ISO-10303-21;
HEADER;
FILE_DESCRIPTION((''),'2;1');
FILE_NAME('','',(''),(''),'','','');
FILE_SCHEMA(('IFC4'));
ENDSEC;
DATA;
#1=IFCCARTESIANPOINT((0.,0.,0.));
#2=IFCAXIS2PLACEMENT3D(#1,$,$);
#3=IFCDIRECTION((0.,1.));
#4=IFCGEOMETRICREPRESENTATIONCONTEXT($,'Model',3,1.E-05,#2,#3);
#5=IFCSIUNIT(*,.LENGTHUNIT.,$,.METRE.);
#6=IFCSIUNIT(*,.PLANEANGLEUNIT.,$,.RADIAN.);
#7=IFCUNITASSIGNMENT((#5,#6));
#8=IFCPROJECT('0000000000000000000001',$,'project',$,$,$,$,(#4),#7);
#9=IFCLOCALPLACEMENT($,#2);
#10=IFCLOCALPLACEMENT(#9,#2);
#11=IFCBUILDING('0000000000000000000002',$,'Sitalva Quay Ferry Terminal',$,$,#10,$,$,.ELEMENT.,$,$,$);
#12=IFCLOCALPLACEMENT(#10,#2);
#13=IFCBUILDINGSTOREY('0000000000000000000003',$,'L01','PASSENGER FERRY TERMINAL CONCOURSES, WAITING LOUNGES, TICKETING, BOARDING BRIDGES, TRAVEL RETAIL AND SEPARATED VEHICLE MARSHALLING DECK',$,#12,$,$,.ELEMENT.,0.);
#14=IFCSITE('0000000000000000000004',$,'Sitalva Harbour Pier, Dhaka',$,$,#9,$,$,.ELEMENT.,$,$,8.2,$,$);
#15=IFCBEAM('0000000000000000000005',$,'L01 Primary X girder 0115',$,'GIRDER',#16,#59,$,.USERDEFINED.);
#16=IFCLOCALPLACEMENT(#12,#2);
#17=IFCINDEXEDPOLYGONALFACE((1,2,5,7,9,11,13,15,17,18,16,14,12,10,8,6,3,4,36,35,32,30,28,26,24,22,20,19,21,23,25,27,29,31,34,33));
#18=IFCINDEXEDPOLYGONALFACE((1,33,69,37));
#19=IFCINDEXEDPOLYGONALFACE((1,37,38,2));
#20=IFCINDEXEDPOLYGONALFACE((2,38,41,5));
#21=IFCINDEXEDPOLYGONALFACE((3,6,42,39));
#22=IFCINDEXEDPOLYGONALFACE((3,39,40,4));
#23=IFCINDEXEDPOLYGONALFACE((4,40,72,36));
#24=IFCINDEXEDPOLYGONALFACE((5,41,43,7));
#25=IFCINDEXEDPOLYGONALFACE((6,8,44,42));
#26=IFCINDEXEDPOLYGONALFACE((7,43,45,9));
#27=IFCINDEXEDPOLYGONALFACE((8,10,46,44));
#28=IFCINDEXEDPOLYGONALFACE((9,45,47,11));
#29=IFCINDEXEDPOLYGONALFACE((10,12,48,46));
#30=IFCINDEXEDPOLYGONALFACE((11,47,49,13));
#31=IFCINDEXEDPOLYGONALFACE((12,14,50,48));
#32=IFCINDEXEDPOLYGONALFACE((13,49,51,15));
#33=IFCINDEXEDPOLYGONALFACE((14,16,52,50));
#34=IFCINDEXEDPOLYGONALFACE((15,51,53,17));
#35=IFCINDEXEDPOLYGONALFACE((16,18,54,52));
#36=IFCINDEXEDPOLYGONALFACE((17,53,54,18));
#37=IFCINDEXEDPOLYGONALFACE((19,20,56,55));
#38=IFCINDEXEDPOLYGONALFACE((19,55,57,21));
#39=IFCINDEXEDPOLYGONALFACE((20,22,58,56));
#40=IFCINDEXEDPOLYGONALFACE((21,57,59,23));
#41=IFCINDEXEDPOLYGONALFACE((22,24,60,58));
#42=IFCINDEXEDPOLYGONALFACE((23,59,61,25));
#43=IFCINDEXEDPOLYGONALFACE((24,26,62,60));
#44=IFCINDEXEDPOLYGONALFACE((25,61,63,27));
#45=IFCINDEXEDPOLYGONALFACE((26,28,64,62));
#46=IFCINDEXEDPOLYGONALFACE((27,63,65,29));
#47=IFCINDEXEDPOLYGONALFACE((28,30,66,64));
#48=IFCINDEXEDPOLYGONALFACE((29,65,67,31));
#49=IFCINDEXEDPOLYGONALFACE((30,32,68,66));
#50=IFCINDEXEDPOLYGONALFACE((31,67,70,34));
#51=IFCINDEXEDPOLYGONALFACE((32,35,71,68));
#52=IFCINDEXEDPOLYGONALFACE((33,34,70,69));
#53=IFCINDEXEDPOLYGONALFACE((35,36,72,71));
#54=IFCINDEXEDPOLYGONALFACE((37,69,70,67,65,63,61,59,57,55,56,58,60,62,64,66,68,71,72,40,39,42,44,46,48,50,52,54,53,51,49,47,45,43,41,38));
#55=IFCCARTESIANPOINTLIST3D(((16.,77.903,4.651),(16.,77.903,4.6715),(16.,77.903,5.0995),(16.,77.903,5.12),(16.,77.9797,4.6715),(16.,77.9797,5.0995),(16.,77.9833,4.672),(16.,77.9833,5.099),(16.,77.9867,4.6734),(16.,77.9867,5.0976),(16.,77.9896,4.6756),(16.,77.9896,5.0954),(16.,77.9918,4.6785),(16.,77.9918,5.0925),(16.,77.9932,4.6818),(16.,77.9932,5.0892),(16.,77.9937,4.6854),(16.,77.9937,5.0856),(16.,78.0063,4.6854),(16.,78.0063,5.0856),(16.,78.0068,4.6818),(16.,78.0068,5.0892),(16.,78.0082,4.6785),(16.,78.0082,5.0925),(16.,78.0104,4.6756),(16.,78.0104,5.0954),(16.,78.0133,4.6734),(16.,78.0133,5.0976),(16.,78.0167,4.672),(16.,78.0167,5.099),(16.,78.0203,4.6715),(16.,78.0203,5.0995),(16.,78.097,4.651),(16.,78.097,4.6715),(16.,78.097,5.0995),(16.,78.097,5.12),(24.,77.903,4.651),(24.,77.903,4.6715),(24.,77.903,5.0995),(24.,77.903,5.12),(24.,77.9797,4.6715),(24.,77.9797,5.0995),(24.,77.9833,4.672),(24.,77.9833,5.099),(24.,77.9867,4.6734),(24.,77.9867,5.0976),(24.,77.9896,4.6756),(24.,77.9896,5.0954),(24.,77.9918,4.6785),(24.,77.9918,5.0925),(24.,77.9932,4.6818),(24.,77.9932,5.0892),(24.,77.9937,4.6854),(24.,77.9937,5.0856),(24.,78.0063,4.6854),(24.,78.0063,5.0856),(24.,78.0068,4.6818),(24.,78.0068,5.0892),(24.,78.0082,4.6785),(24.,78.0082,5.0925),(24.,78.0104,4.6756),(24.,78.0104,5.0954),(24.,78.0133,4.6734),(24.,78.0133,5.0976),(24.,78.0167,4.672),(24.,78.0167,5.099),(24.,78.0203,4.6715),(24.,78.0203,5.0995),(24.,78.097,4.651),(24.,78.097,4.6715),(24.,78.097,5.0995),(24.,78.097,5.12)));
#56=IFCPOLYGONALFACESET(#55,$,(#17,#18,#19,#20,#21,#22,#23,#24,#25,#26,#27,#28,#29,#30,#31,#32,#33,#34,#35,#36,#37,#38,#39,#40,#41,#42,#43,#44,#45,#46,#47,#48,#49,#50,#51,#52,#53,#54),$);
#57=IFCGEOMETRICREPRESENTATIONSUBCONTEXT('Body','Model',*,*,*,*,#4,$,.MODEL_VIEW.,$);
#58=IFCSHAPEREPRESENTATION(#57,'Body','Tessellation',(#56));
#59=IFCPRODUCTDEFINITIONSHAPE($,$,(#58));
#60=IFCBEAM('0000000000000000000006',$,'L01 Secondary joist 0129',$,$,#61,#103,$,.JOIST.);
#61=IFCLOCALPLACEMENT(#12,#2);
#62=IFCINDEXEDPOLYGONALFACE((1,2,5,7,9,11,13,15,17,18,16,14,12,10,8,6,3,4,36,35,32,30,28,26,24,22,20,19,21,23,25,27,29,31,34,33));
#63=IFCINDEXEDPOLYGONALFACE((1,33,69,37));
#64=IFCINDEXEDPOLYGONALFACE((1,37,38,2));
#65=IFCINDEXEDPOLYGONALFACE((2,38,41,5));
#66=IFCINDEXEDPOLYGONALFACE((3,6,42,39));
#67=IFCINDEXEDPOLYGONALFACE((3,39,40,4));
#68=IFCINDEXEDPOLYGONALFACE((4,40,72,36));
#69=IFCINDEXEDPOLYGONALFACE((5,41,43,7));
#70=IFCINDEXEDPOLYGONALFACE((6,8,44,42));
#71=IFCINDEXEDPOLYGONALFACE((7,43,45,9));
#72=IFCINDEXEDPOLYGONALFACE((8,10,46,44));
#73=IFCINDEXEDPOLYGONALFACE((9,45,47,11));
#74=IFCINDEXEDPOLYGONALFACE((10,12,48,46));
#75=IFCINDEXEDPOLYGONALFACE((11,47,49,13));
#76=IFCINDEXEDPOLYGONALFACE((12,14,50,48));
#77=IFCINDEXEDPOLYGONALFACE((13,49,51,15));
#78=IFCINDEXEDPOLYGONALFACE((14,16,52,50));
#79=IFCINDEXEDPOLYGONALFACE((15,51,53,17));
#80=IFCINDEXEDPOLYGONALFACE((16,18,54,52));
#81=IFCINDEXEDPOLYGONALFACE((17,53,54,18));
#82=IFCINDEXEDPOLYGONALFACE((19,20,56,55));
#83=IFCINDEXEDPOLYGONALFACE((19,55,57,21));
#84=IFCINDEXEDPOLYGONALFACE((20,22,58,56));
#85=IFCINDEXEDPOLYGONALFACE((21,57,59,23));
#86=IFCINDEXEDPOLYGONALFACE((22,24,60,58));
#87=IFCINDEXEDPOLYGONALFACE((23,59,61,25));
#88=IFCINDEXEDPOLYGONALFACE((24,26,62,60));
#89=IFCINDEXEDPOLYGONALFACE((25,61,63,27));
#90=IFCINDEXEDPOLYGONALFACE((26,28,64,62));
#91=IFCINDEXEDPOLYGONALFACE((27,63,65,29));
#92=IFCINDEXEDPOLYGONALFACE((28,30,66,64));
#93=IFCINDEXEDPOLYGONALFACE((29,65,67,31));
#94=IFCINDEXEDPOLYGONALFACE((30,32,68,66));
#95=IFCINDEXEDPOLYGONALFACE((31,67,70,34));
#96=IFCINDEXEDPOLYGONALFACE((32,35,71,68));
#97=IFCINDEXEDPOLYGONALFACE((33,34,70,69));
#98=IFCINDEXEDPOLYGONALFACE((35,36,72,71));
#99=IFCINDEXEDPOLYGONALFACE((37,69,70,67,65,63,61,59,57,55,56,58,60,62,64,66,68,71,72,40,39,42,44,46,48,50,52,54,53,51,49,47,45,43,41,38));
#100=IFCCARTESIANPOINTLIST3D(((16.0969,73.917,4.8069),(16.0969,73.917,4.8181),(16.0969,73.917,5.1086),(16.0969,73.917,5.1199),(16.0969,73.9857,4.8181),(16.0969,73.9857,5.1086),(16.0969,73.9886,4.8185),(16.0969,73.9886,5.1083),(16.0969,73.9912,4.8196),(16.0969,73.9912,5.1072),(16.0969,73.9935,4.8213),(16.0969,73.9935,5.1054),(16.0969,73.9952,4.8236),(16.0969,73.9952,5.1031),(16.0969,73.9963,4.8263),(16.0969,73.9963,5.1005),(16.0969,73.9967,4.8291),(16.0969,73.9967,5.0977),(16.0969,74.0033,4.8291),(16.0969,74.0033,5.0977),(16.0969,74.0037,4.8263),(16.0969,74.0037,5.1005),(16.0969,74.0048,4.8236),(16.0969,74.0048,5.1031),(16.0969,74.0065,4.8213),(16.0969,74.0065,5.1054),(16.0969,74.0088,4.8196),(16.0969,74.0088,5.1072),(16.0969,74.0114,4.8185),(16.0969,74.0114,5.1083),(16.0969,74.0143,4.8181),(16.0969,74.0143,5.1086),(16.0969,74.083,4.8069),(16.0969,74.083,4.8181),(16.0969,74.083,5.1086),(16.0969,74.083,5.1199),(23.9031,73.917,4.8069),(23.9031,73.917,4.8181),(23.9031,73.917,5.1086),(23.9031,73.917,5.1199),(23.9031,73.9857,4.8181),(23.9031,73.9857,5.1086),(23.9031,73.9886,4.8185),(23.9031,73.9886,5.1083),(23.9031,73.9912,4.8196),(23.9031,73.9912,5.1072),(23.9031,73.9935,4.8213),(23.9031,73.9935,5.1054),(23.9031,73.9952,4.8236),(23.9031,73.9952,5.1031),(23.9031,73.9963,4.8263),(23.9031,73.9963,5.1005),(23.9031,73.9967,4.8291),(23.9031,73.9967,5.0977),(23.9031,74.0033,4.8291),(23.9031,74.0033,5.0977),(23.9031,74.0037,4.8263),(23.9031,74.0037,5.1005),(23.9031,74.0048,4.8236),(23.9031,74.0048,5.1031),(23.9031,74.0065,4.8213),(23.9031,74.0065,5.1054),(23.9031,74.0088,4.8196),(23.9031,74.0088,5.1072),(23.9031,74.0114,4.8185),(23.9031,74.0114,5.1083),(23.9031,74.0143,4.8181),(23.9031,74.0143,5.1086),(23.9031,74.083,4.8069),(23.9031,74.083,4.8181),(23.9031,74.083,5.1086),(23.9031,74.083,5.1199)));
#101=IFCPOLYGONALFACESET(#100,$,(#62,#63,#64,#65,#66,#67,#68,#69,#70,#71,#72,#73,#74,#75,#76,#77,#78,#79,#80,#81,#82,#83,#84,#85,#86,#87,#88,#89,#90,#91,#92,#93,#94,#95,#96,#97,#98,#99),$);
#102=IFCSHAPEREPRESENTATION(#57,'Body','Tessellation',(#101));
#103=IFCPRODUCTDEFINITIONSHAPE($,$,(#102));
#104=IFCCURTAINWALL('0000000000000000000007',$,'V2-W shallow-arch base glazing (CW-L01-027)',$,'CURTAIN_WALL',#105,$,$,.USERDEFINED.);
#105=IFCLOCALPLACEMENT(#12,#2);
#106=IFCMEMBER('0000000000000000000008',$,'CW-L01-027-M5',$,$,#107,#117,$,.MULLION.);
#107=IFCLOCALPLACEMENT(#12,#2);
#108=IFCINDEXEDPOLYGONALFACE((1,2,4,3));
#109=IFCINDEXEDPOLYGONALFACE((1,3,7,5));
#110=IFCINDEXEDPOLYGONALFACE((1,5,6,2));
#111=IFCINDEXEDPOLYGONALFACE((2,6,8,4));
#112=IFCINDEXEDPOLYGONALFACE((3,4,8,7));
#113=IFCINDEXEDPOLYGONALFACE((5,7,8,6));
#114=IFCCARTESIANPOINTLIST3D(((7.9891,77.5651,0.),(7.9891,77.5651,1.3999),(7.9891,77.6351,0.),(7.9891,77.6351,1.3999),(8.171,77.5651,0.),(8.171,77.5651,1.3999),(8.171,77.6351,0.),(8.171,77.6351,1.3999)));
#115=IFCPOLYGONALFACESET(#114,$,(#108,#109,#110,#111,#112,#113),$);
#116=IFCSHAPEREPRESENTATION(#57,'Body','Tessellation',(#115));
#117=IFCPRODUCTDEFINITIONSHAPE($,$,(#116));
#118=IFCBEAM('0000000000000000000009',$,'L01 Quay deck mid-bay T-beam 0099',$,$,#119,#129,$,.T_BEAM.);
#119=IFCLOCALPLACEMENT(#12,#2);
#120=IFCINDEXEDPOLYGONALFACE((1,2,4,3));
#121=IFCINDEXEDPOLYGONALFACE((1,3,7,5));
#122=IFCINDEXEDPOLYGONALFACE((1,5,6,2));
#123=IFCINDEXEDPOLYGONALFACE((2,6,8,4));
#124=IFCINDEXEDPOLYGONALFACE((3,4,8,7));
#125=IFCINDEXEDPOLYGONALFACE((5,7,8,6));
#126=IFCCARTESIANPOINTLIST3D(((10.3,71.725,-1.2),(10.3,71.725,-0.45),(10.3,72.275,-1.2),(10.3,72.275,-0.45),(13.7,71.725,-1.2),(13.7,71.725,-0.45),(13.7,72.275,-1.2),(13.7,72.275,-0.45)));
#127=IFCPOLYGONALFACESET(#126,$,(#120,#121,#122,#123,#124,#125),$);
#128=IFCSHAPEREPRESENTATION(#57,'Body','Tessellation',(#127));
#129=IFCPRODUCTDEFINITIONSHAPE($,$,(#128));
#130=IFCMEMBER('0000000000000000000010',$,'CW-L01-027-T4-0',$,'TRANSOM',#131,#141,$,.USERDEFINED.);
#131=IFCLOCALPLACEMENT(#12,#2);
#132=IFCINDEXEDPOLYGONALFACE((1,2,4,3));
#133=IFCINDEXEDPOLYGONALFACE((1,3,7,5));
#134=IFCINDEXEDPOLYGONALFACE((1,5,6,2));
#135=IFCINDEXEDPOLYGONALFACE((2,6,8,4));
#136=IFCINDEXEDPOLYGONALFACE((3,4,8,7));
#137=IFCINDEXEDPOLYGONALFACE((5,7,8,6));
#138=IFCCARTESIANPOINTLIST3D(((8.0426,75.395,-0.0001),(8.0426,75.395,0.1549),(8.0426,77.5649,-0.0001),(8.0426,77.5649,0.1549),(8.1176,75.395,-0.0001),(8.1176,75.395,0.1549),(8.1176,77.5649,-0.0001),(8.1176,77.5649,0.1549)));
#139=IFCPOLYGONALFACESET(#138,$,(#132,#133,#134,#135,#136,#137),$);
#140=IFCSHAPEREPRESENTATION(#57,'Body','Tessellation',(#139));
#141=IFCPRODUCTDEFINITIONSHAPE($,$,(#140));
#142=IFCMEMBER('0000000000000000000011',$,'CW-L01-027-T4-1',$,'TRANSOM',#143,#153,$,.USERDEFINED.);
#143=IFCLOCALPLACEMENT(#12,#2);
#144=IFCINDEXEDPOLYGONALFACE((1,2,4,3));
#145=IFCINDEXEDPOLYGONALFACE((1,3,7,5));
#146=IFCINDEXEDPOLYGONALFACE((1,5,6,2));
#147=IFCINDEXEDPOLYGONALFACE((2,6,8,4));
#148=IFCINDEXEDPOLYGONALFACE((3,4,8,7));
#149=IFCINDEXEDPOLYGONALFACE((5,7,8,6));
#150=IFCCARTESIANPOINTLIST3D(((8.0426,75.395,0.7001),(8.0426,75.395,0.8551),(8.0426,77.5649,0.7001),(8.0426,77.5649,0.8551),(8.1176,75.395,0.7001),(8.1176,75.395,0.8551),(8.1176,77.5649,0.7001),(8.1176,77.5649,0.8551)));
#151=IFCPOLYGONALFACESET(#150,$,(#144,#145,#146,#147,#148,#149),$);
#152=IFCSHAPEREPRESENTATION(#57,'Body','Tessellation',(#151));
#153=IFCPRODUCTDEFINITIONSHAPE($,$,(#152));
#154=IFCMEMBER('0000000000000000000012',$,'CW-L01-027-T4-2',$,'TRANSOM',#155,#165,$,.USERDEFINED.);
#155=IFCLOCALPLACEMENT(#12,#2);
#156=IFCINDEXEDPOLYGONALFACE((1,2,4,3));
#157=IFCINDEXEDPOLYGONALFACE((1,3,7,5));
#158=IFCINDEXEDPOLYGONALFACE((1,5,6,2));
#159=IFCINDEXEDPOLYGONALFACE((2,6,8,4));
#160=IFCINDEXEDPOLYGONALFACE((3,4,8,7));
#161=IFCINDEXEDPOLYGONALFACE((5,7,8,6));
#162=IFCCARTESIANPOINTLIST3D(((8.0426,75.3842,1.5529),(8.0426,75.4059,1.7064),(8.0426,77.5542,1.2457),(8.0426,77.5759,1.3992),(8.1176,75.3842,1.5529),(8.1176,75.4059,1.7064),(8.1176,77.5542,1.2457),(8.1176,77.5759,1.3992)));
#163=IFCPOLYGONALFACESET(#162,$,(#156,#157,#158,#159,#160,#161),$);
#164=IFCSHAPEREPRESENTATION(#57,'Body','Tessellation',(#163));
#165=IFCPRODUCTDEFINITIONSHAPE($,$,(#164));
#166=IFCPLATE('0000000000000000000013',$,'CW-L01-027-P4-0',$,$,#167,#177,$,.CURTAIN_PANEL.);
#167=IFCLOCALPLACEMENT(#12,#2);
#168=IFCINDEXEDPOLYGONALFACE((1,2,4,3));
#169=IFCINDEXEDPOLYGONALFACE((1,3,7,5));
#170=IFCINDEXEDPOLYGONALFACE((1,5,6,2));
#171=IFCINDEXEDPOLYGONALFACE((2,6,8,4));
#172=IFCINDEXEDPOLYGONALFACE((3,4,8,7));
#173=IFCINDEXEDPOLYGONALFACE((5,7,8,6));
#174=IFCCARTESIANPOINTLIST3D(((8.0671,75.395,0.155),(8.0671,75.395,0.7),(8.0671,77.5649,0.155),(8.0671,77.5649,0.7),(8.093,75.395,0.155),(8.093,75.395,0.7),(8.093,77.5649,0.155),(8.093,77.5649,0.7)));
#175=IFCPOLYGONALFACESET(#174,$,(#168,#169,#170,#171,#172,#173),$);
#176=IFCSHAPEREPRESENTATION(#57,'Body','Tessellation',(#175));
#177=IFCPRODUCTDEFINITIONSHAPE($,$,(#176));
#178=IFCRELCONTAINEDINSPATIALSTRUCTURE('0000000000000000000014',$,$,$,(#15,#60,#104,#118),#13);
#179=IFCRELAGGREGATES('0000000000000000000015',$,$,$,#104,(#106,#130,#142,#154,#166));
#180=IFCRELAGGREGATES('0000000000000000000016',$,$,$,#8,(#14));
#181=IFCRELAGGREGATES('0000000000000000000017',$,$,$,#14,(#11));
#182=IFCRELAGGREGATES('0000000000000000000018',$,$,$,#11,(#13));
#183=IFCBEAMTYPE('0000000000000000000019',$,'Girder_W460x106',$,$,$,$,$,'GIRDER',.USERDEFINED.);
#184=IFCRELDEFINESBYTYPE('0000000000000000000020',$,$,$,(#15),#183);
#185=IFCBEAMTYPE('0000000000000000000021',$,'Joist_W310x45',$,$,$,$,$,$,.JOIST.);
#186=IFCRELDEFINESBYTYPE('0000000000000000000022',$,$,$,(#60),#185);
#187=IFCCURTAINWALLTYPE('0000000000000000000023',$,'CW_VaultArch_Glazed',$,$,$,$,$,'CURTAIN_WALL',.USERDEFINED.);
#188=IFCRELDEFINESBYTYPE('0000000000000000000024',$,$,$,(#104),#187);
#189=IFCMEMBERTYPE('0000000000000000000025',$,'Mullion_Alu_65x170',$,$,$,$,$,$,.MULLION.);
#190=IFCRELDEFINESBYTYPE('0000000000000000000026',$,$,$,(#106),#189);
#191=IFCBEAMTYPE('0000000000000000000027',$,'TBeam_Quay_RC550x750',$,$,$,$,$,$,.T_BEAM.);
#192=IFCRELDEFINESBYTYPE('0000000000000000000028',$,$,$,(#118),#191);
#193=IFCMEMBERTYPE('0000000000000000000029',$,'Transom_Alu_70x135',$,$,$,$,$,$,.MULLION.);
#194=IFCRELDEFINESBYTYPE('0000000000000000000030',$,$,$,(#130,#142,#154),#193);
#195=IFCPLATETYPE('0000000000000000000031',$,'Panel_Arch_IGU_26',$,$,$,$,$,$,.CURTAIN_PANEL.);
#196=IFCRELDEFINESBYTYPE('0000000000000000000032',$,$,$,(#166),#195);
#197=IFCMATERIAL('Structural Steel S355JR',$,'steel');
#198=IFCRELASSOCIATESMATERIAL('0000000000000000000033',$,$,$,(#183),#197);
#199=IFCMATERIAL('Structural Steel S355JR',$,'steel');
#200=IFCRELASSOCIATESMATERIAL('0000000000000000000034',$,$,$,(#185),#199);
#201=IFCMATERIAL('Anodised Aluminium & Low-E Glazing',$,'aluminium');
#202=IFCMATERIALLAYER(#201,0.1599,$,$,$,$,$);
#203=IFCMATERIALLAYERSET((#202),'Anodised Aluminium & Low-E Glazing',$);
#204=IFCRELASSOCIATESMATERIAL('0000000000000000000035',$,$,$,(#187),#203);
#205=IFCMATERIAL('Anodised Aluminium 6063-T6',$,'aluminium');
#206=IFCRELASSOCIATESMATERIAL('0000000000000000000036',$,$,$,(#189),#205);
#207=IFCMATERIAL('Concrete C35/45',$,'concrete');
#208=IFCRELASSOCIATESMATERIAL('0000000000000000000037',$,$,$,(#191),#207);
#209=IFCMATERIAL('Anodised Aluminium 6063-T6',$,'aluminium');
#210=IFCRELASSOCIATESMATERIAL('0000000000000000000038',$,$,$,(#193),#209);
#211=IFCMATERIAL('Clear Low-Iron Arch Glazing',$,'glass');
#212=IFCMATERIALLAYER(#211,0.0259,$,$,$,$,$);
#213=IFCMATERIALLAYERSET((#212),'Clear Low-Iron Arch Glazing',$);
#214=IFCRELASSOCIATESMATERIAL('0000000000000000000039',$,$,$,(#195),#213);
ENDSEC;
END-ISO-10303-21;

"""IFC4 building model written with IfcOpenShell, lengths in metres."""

from ifc_helpers import new_model, si_unit, direction, frame, origin, origin_2d, place, context, subcontext, project, spatial, rectangle, i_section, extrude, material, layer, layer_set, material_profile, profile_set, type_object, element, aggregate, save


model = new_model("IFC4")

# Units and contexts
model_context = context("Model", 3, precision=1e-05, world=origin(), true_north=direction((0.0, 1.0)))
body_context = subcontext(model_context, "Body", "Model", "MODEL_VIEW")
ifc_project = project(units=[si_unit("LENGTHUNIT", "METRE"), si_unit("PLANEANGLEUNIT", "RADIAN")], contexts=[model_context])

# Site, building, storey
site_placement = place(None, origin())
site = spatial("IfcSite", under=ifc_project, at=site_placement, Name="Sitalva Harbour Pier, Dhaka", CompositionType="ELEMENT", RefElevation=8.2)
building_placement = place(site_placement, origin())
building = spatial("IfcBuilding", under=site, at=building_placement, Name="Sitalva Quay Ferry Terminal", CompositionType="ELEMENT")
storey_placement = place(building_placement, origin())
storey = spatial("IfcBuildingStorey", under=building, at=storey_placement, Name="L01", Description="PASSENGER FERRY TERMINAL CONCOURSES, WAITING LOUNGES, TICKETING, BOARDING BRIDGES, TRAVEL RETAIL AND SEPARATED VEHICLE MARSHALLING DECK", CompositionType="ELEMENT", Elevation=0.0)

# Beams
ifc_material_1 = material(Name="Structural Steel S355JR", Category="steel")
ifc_material_profile_1 = material_profile(ifc_material_1, i_section(OverallWidth=0.1941, OverallDepth=0.469, WebThickness=0.0127, FlangeThickness=0.0205, FilletRadius=0.0139, at=origin_2d()), Name="W460x106")
ifc_profile_set_1 = profile_set([ifc_material_profile_1], Name="Structural Steel S355JR")
beam_type_1 = type_object("IfcBeamType", Name="Girder_W460x106", ElementType="GIRDER", PredefinedType="USERDEFINED", material=ifc_profile_set_1)
beam_1_placement = place(storey_placement, frame((16.0, 78.0, 4.8855), z_axis=(1.0, 0.0, 0.0), x_axis=(0.0, 1.0, 0.0)))
element("IfcBeam", 1, at=beam_1_placement, inside=storey, type_object=beam_type_1, Name="L01 Primary X girder 0115", ObjectType="GIRDER", PredefinedType="USERDEFINED", context=body_context, shape_type="SweptSolid", body=[
    extrude(i_section(OverallWidth=0.1941, OverallDepth=0.469, WebThickness=0.0127, FlangeThickness=0.0205, FilletRadius=0.0139, at=origin_2d()), origin(), (0.0, 0.0, 1.0), 8.0),
])
ifc_material_2 = material(Name="Structural Steel S355JR", Category="steel")
ifc_material_profile_2 = material_profile(ifc_material_2, i_section(OverallWidth=0.166, OverallDepth=0.313, WebThickness=0.0066, FlangeThickness=0.0112, FilletRadius=0.011, at=origin_2d()), Name="W310x45")
ifc_profile_set_2 = profile_set([ifc_material_profile_2], Name="Structural Steel S355JR")
beam_type_2 = type_object("IfcBeamType", Name="Joist_W310x45", PredefinedType="JOIST", material=ifc_profile_set_2)
beam_2_placement = place(storey_placement, frame((16.0969, 74.0, 4.9634), z_axis=(1.0, 0.0, 0.0), x_axis=(0.0, 1.0, 0.0)))
element("IfcBeam", 2, at=beam_2_placement, inside=storey, type_object=beam_type_2, Name="L01 Secondary joist 0129", PredefinedType="JOIST", context=body_context, shape_type="SweptSolid", body=[
    extrude(i_section(OverallWidth=0.166, OverallDepth=0.313, WebThickness=0.0066, FlangeThickness=0.0112, FilletRadius=0.011, at=origin_2d()), origin(), (0.0, 0.0, 1.0), 7.8062),
])

# Curtain wall, member
ifc_material_3 = material(Name="Anodised Aluminium & Low-E Glazing", Category="aluminium")
ifc_layer_1 = layer(ifc_material_3, 0.1599)
ifc_layer_set_1 = layer_set([ifc_layer_1], Name="Anodised Aluminium & Low-E Glazing")
curtain_wall_type = type_object("IfcCurtainWallType", Name="CW_VaultArch_Glazed", ElementType="CURTAIN_WALL", PredefinedType="USERDEFINED", material=ifc_layer_set_1)
curtain_wall_placement = place(storey_placement, origin())
curtain_wall = element("IfcCurtainWall", 3, at=curtain_wall_placement, inside=storey, type_object=curtain_wall_type, Name="V2-W shallow-arch base glazing (CW-L01-027)", ObjectType="CURTAIN_WALL", PredefinedType="USERDEFINED")
ifc_material_4 = material(Name="Anodised Aluminium 6063-T6", Category="aluminium")
ifc_material_profile_3 = material_profile(ifc_material_4, rectangle(XDim=0.0701, YDim=0.1819, at=origin_2d()), Name="ALU70x182")
ifc_profile_set_3 = profile_set([ifc_material_profile_3], Name="Anodised Aluminium 6063-T6")
member_type_1 = type_object("IfcMemberType", Name="Mullion_Alu_65x170", PredefinedType="MULLION", material=ifc_profile_set_3)
member_1_placement = place(storey_placement, frame((8.0801, 77.6001, 0.0), z_axis=(0.0, 0.0, 1.0), x_axis=(0.0, 1.0, 0.0)))
member_1 = element("IfcMember", 4, at=member_1_placement, type_object=member_type_1, Name="CW-L01-027-M5", PredefinedType="MULLION", context=body_context, shape_type="SweptSolid", body=[
    extrude(rectangle(XDim=0.0701, YDim=0.1819, at=origin_2d()), origin(), (0.0, 0.0, 1.0), 1.3999),
])

# Beam
ifc_material_5 = material(Name="Concrete C35/45", Category="concrete")
ifc_material_profile_4 = material_profile(ifc_material_5, rectangle(XDim=0.55, YDim=0.75, at=origin_2d()), Name="RC550x750")
ifc_profile_set_4 = profile_set([ifc_material_profile_4], Name="Concrete C35/45")
beam_type_3 = type_object("IfcBeamType", Name="TBeam_Quay_RC550x750", PredefinedType="T_BEAM", material=ifc_profile_set_4)
beam_3_placement = place(storey_placement, frame((10.3, 72.0, -0.825), z_axis=(1.0, 0.0, 0.0), x_axis=(0.0, 1.0, 0.0)))
element("IfcBeam", 5, at=beam_3_placement, inside=storey, type_object=beam_type_3, Name="L01 Quay deck mid-bay T-beam 0099", PredefinedType="T_BEAM", context=body_context, shape_type="SweptSolid", body=[
    extrude(rectangle(XDim=0.55, YDim=0.75, at=origin_2d()), origin(), (0.0, 0.0, 1.0), 3.3999),
])

# Members
ifc_material_6 = material(Name="Anodised Aluminium 6063-T6", Category="aluminium")
ifc_material_profile_5 = material_profile(ifc_material_6, rectangle(XDim=0.075, YDim=0.155, at=origin_2d()), Name="ALU75x155")
ifc_profile_set_5 = profile_set([ifc_material_profile_5], Name="Anodised Aluminium 6063-T6")
member_type_2 = type_object("IfcMemberType", Name="Transom_Alu_70x135", PredefinedType="MULLION", material=ifc_profile_set_5)
member_2_placement = place(storey_placement, frame((8.0801, 75.395, 0.0774), z_axis=(0.0, 1.0, 0.0), x_axis=(-1.0, 0.0, 0.0)))
member_2 = element("IfcMember", 6, at=member_2_placement, type_object=member_type_2, Name="CW-L01-027-T4-0", ObjectType="TRANSOM", PredefinedType="USERDEFINED", context=body_context, shape_type="SweptSolid", body=[
    extrude(rectangle(XDim=0.075, YDim=0.155, at=origin_2d()), origin(), (0.0, 0.0, 1.0), 2.1699),
])
member_3_placement = place(storey_placement, frame((8.0801, 75.395, 0.7776), z_axis=(0.0, 1.0, 0.0), x_axis=(-1.0, 0.0, 0.0)))
member_3 = element("IfcMember", 7, at=member_3_placement, type_object=member_type_2, Name="CW-L01-027-T4-1", ObjectType="TRANSOM", PredefinedType="USERDEFINED", context=body_context, shape_type="SweptSolid", body=[
    extrude(rectangle(XDim=0.075, YDim=0.155, at=origin_2d()), origin(), (0.0, 0.0, 1.0), 2.1699),
])
member_4_placement = place(storey_placement, frame((8.0801, 75.395, 1.6296), z_axis=(0.0, 0.990131, -0.140142), x_axis=(-1.0, 0.0, 0.0)))
member_4 = element("IfcMember", 8, at=member_4_placement, type_object=member_type_2, Name="CW-L01-027-T4-2", ObjectType="TRANSOM", PredefinedType="USERDEFINED", context=body_context, shape_type="SweptSolid", body=[
    extrude(rectangle(XDim=0.075, YDim=0.155, at=origin_2d()), origin(), (0.0, 0.0, 1.0), 2.1917),
])

# Plate
ifc_material_7 = material(Name="Clear Low-Iron Arch Glazing", Category="glass")
ifc_layer_2 = layer(ifc_material_7, 0.0259)
ifc_layer_set_2 = layer_set([ifc_layer_2], Name="Clear Low-Iron Arch Glazing")
plate_type = type_object("IfcPlateType", Name="Panel_Arch_IGU_26", PredefinedType="CURTAIN_PANEL", material=ifc_layer_set_2)
plate_1_placement = place(storey_placement, frame((8.0801, 76.48, 0.155), z_axis=(0.0, 0.0, 1.0), x_axis=(0.0, 1.0, 0.0)))
plate_1 = element("IfcPlate", 9, at=plate_1_placement, type_object=plate_type, Name="CW-L01-027-P4-0", PredefinedType="CURTAIN_PANEL", context=body_context, shape_type="SweptSolid", body=[
    extrude(rectangle(XDim=2.1699, YDim=0.0259, at=origin_2d()), origin(), (0.0, 0.0, 1.0), 0.5449),
])
aggregate(curtain_wall, [member_1, member_2, member_3, member_4, plate_1])

save(model, "model.ifc")
